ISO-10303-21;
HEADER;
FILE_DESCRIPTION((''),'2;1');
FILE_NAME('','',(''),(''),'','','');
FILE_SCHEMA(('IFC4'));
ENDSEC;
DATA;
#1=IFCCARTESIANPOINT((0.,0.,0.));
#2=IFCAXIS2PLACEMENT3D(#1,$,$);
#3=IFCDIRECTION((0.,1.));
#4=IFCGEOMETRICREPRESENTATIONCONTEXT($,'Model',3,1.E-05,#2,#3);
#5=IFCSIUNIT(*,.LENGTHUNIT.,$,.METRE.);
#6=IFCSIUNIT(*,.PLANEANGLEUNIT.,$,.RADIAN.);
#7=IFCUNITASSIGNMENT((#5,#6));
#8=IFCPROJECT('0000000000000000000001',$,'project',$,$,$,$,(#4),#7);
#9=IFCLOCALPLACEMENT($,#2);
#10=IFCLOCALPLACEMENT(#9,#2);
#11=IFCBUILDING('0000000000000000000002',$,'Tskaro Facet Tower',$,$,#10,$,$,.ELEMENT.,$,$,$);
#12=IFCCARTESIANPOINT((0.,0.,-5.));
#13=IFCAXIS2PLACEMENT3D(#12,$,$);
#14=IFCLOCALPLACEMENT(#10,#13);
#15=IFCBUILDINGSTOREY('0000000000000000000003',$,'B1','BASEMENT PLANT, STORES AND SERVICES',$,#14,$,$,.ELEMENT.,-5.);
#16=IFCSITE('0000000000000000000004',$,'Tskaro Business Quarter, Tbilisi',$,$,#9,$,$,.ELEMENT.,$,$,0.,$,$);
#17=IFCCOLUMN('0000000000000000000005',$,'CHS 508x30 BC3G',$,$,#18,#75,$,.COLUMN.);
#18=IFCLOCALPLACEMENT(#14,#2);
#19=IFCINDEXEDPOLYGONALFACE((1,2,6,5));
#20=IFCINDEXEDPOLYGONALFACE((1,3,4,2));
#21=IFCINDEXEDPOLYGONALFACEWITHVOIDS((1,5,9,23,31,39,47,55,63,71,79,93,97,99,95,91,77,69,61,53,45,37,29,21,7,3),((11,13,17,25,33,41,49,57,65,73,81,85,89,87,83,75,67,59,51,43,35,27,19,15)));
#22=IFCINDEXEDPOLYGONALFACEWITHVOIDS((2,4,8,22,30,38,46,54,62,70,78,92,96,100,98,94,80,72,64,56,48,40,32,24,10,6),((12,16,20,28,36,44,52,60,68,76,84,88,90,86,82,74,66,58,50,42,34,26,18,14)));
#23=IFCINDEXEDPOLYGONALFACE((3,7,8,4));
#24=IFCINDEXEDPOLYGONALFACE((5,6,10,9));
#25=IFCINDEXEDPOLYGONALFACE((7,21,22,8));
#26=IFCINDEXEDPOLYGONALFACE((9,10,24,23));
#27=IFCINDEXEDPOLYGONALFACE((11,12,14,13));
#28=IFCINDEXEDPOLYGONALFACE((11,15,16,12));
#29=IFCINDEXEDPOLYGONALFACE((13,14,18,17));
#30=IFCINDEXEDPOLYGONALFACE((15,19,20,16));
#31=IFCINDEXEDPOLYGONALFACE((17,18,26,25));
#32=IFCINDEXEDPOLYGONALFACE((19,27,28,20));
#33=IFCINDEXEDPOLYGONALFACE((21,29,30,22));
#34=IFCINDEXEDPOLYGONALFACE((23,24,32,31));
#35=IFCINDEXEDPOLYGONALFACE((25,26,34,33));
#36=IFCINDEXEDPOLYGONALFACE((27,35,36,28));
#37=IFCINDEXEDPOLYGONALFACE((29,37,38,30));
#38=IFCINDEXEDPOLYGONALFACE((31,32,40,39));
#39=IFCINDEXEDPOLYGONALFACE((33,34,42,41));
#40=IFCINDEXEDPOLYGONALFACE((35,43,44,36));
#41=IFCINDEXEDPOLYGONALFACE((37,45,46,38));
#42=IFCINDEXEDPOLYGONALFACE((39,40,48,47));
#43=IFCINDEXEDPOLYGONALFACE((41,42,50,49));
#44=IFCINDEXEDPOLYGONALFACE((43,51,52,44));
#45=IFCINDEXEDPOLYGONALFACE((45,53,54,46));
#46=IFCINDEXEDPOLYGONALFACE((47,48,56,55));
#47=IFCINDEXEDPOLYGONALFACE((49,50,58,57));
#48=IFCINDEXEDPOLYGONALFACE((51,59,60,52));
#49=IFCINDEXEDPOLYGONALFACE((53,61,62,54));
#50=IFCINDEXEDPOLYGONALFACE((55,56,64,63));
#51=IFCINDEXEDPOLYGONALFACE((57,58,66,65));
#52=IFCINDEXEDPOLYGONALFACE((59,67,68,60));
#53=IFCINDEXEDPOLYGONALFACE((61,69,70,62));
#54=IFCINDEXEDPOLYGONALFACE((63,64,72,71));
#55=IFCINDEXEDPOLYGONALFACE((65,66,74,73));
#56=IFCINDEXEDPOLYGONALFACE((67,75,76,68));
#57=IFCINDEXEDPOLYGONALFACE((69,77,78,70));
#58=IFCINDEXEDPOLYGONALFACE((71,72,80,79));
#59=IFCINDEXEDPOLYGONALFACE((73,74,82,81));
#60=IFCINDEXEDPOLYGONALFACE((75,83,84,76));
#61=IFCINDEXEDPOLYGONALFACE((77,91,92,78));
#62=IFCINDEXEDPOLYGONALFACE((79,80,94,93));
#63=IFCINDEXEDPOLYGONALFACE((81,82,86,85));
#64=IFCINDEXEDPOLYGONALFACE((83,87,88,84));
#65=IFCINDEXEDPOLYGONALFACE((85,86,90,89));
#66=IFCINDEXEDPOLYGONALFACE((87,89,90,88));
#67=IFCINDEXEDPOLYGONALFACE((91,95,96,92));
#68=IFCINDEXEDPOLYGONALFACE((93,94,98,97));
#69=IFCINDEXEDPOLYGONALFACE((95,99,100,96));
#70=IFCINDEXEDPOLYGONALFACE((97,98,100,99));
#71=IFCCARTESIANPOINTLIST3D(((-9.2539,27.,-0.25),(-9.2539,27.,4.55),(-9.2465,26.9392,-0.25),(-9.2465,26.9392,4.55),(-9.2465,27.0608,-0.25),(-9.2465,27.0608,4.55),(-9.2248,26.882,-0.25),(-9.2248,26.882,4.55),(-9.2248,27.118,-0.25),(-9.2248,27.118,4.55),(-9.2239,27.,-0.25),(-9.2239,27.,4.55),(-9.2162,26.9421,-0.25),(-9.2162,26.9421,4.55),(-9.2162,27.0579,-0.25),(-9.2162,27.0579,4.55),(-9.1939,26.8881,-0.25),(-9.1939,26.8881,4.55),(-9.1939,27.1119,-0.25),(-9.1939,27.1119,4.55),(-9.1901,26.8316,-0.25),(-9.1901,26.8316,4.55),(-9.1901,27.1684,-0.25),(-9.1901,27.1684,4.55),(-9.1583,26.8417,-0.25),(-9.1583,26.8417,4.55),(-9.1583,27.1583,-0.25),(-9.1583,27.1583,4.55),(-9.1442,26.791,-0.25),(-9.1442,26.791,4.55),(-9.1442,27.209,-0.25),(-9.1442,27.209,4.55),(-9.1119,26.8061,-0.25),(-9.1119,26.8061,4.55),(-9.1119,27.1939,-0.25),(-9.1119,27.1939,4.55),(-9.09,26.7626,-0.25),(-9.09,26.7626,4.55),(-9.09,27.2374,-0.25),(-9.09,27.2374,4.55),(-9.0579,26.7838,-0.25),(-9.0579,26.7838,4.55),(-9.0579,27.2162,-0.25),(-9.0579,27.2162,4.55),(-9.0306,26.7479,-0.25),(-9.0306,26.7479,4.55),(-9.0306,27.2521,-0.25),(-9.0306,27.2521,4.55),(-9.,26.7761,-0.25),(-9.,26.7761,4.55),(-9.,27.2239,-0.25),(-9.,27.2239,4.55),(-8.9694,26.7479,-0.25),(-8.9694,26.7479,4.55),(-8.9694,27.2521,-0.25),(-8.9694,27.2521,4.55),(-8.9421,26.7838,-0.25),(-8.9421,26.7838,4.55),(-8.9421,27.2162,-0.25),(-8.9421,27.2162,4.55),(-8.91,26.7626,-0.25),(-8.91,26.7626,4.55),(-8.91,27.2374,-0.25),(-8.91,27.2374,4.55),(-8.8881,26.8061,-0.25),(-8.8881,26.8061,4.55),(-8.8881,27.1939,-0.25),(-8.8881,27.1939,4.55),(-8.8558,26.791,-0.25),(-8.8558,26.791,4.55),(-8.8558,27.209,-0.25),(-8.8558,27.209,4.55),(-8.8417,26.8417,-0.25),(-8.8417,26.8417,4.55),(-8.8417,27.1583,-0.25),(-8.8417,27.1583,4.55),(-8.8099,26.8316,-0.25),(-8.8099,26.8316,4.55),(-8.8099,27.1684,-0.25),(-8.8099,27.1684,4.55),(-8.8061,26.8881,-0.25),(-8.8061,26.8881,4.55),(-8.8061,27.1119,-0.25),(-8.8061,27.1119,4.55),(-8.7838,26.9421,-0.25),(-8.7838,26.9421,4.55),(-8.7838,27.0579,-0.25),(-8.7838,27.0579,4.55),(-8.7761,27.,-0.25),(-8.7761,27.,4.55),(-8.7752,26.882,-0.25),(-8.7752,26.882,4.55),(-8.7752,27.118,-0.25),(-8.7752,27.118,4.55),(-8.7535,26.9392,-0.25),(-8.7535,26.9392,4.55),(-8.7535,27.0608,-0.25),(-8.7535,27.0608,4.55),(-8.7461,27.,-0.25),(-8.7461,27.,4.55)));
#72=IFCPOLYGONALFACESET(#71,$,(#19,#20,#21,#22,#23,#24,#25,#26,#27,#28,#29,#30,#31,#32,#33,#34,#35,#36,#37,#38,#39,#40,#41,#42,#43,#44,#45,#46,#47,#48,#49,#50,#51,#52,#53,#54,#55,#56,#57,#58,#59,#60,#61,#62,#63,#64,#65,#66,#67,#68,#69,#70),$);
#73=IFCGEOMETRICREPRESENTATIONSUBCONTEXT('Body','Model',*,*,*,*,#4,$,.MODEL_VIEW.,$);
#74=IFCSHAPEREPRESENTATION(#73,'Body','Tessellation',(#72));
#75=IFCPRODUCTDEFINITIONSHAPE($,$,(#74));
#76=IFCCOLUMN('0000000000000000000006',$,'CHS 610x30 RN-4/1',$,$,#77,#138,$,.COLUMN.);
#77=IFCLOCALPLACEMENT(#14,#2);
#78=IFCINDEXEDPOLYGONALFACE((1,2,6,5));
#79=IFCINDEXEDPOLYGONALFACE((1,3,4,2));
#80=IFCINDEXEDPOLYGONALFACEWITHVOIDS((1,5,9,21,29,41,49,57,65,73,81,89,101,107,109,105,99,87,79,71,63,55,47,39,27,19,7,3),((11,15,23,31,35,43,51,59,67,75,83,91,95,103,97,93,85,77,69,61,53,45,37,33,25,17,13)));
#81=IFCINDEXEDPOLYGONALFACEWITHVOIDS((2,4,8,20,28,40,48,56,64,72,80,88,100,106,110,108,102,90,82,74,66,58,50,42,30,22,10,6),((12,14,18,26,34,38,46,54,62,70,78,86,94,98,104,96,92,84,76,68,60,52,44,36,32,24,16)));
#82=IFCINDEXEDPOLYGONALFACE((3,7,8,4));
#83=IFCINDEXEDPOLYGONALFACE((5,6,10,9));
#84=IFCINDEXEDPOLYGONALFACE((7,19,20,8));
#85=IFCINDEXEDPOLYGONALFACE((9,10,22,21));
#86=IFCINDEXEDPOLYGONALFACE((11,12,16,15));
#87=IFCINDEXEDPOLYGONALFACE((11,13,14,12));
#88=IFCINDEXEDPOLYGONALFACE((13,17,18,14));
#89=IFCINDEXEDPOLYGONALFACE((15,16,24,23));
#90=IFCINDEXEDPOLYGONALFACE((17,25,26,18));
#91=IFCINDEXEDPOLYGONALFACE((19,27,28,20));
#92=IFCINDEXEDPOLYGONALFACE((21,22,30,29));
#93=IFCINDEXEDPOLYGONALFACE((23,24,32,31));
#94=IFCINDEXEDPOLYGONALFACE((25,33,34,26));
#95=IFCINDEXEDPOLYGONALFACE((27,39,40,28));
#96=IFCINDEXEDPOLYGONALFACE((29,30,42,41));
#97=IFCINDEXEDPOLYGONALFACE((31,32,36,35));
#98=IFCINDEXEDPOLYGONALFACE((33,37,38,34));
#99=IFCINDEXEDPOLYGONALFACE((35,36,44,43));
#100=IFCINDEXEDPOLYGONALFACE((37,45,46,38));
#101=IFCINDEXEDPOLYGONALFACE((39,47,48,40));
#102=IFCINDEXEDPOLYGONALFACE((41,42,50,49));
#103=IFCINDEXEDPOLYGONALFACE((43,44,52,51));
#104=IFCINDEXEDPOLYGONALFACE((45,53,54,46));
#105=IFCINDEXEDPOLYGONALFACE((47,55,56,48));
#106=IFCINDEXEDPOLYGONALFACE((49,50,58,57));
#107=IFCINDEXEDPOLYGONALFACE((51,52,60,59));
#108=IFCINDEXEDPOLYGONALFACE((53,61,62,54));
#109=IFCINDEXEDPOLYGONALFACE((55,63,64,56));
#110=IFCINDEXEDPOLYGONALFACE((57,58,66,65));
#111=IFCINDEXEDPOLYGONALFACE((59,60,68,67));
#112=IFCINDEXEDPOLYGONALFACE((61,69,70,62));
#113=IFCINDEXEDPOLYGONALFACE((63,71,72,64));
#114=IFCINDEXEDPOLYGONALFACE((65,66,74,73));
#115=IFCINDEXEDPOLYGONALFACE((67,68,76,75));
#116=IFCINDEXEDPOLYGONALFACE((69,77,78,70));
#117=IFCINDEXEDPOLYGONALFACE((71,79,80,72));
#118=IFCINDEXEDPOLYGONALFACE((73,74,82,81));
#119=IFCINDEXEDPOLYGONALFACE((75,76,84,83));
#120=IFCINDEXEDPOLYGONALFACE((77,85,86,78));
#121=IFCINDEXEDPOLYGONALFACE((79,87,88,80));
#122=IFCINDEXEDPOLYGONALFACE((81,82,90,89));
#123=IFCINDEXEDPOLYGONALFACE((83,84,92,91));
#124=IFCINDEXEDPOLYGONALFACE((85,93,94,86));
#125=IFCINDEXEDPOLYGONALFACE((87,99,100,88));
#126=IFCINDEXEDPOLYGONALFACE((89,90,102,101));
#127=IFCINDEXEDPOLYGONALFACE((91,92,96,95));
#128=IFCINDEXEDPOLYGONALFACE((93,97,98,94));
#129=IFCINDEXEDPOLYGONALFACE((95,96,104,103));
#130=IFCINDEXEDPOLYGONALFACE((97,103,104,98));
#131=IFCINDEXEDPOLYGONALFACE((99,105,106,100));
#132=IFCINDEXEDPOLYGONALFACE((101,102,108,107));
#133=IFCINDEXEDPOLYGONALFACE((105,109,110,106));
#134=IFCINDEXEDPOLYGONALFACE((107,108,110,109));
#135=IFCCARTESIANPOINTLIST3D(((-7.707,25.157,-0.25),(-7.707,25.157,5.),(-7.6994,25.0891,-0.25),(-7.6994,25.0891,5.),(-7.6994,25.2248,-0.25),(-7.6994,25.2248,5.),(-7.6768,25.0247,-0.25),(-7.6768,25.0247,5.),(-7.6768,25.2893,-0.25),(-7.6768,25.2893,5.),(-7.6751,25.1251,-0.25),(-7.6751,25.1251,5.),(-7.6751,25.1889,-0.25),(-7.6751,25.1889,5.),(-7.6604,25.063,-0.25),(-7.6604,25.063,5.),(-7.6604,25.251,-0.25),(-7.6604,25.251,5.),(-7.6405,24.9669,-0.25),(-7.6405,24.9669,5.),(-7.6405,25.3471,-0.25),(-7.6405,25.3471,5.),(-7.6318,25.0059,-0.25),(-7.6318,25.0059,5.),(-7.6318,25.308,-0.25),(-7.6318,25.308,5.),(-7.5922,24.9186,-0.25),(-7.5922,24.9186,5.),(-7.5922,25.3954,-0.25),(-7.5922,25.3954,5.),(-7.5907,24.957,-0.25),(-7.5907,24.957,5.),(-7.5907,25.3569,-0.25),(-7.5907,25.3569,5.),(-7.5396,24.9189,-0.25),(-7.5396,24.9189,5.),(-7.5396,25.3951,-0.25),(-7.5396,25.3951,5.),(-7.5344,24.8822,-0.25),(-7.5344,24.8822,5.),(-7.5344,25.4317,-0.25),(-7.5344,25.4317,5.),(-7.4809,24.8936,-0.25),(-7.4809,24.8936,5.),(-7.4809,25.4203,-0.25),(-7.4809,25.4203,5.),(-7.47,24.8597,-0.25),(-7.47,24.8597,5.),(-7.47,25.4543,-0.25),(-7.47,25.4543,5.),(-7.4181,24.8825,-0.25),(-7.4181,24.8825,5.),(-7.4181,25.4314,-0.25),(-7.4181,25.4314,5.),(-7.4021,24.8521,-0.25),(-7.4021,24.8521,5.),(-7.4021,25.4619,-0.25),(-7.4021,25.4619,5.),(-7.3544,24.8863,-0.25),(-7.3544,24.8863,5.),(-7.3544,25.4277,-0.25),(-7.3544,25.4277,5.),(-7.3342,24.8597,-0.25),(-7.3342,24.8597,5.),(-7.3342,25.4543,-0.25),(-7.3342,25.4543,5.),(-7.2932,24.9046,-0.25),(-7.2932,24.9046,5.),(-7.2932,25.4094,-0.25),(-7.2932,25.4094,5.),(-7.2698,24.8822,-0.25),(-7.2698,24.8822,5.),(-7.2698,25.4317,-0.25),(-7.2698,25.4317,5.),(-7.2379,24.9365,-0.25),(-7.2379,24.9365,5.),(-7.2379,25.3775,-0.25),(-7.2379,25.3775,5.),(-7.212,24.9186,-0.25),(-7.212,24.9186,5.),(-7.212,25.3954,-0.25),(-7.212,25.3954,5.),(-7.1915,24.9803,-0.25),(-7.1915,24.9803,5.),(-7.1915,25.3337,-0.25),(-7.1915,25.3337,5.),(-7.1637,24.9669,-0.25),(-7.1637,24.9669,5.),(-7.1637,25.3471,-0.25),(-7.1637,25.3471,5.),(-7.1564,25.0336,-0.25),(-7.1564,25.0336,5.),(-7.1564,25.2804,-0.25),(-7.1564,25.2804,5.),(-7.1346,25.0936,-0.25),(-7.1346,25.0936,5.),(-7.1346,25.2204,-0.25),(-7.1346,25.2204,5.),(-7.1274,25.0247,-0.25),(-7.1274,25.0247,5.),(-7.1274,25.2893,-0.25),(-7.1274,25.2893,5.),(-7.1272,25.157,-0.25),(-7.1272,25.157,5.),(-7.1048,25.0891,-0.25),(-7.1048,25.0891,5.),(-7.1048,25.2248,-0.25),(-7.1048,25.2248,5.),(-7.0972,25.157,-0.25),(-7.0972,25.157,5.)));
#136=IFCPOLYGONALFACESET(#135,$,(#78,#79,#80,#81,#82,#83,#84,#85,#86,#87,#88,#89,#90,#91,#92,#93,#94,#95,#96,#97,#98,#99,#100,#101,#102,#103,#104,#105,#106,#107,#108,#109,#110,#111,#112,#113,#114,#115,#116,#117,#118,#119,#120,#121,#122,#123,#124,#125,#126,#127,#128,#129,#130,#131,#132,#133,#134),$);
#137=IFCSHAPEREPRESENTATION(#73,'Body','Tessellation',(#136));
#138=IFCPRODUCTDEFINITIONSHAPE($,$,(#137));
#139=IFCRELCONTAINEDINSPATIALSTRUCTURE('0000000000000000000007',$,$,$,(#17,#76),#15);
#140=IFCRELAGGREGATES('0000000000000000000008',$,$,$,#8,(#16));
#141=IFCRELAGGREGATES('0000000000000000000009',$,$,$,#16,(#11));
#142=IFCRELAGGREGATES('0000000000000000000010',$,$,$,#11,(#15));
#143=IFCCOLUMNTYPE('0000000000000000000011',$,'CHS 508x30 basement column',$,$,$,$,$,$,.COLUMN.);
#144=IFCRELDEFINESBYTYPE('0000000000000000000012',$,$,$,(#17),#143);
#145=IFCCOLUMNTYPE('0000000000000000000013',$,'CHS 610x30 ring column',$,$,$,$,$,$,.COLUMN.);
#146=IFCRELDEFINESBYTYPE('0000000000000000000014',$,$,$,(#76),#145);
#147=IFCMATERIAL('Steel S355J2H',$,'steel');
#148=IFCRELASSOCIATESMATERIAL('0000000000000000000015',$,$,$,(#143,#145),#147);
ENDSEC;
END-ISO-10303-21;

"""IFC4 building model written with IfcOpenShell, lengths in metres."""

from ifc_helpers import new_model, si_unit, direction, frame, origin, origin_2d, place, context, subcontext, project, spatial, hollow_circle, extrude, material, material_profile, profile_set, type_object, element, save


model = new_model("IFC4")

# Units and contexts
model_context = context("Model", 3, precision=1e-05, world=origin(), true_north=direction((0.0, 1.0)))
body_context = subcontext(model_context, "Body", "Model", "MODEL_VIEW")
ifc_project = project(units=[si_unit("LENGTHUNIT", "METRE"), si_unit("PLANEANGLEUNIT", "RADIAN")], contexts=[model_context])

# Site, building, storey
site_placement = place(None, origin())
site = spatial("IfcSite", under=ifc_project, at=site_placement, Name="Tskaro Business Quarter, Tbilisi", CompositionType="ELEMENT", RefElevation=0.0)
building_placement = place(site_placement, origin())
building = spatial("IfcBuilding", under=site, at=building_placement, Name="Tskaro Facet Tower", CompositionType="ELEMENT")
storey_placement = place(building_placement, frame((0.0, 0.0, -5.0)))
storey = spatial("IfcBuildingStorey", under=building, at=storey_placement, Name="B1", Description="BASEMENT PLANT, STORES AND SERVICES", CompositionType="ELEMENT", Elevation=-5.0)

# Columns
ifc_material_1 = material(Name="Steel S355J2H", Category="steel")
ifc_material_profile_1 = material_profile(ifc_material_1, hollow_circle(Radius=0.2539, WallThickness=0.03, at=origin_2d()), Name="CHS 508x30")
ifc_profile_set_1 = profile_set([ifc_material_profile_1], Name="Steel S355J2H")
column_type_1 = type_object("IfcColumnType", Name="CHS 508x30 basement column", PredefinedType="COLUMN", material=ifc_profile_set_1)
column_1_placement = place(storey_placement, frame((-9.0, 27.0, -0.25), z_axis=(0.0, 0.0, 1.0), x_axis=(1.0, 0.0, 0.0)))
element("IfcColumn", 1, at=column_1_placement, inside=storey, type_object=column_type_1, Name="CHS 508x30 BC3G", PredefinedType="COLUMN", context=body_context, shape_type="SweptSolid", body=[
    extrude(hollow_circle(Radius=0.2539, WallThickness=0.03, at=origin_2d()), origin(), (0.0, 0.0, 1.0), 4.8),
])
ifc_material_profile_2 = material_profile(ifc_material_1, hollow_circle(Radius=0.3049, WallThickness=0.03, at=origin_2d()), Name="CHS 610x30")
ifc_profile_set_2 = profile_set([ifc_material_profile_2], Name="Steel S355J2H")
column_type_2 = type_object("IfcColumnType", Name="CHS 610x30 ring column", PredefinedType="COLUMN", material=ifc_profile_set_2)
column_2_placement = place(storey_placement, frame((-7.4021, 25.157, -0.25), z_axis=(0.0, 0.0, 1.0), x_axis=(1.0, 0.0, 0.0)))
element("IfcColumn", 2, at=column_2_placement, inside=storey, type_object=column_type_2, Name="CHS 610x30 RN-4/1", PredefinedType="COLUMN", context=body_context, shape_type="SweptSolid", body=[
    extrude(hollow_circle(Radius=0.3049, WallThickness=0.03, at=origin_2d()), origin(), (0.0, 0.0, 1.0), 5.25),
])

save(model, "model.ifc")
